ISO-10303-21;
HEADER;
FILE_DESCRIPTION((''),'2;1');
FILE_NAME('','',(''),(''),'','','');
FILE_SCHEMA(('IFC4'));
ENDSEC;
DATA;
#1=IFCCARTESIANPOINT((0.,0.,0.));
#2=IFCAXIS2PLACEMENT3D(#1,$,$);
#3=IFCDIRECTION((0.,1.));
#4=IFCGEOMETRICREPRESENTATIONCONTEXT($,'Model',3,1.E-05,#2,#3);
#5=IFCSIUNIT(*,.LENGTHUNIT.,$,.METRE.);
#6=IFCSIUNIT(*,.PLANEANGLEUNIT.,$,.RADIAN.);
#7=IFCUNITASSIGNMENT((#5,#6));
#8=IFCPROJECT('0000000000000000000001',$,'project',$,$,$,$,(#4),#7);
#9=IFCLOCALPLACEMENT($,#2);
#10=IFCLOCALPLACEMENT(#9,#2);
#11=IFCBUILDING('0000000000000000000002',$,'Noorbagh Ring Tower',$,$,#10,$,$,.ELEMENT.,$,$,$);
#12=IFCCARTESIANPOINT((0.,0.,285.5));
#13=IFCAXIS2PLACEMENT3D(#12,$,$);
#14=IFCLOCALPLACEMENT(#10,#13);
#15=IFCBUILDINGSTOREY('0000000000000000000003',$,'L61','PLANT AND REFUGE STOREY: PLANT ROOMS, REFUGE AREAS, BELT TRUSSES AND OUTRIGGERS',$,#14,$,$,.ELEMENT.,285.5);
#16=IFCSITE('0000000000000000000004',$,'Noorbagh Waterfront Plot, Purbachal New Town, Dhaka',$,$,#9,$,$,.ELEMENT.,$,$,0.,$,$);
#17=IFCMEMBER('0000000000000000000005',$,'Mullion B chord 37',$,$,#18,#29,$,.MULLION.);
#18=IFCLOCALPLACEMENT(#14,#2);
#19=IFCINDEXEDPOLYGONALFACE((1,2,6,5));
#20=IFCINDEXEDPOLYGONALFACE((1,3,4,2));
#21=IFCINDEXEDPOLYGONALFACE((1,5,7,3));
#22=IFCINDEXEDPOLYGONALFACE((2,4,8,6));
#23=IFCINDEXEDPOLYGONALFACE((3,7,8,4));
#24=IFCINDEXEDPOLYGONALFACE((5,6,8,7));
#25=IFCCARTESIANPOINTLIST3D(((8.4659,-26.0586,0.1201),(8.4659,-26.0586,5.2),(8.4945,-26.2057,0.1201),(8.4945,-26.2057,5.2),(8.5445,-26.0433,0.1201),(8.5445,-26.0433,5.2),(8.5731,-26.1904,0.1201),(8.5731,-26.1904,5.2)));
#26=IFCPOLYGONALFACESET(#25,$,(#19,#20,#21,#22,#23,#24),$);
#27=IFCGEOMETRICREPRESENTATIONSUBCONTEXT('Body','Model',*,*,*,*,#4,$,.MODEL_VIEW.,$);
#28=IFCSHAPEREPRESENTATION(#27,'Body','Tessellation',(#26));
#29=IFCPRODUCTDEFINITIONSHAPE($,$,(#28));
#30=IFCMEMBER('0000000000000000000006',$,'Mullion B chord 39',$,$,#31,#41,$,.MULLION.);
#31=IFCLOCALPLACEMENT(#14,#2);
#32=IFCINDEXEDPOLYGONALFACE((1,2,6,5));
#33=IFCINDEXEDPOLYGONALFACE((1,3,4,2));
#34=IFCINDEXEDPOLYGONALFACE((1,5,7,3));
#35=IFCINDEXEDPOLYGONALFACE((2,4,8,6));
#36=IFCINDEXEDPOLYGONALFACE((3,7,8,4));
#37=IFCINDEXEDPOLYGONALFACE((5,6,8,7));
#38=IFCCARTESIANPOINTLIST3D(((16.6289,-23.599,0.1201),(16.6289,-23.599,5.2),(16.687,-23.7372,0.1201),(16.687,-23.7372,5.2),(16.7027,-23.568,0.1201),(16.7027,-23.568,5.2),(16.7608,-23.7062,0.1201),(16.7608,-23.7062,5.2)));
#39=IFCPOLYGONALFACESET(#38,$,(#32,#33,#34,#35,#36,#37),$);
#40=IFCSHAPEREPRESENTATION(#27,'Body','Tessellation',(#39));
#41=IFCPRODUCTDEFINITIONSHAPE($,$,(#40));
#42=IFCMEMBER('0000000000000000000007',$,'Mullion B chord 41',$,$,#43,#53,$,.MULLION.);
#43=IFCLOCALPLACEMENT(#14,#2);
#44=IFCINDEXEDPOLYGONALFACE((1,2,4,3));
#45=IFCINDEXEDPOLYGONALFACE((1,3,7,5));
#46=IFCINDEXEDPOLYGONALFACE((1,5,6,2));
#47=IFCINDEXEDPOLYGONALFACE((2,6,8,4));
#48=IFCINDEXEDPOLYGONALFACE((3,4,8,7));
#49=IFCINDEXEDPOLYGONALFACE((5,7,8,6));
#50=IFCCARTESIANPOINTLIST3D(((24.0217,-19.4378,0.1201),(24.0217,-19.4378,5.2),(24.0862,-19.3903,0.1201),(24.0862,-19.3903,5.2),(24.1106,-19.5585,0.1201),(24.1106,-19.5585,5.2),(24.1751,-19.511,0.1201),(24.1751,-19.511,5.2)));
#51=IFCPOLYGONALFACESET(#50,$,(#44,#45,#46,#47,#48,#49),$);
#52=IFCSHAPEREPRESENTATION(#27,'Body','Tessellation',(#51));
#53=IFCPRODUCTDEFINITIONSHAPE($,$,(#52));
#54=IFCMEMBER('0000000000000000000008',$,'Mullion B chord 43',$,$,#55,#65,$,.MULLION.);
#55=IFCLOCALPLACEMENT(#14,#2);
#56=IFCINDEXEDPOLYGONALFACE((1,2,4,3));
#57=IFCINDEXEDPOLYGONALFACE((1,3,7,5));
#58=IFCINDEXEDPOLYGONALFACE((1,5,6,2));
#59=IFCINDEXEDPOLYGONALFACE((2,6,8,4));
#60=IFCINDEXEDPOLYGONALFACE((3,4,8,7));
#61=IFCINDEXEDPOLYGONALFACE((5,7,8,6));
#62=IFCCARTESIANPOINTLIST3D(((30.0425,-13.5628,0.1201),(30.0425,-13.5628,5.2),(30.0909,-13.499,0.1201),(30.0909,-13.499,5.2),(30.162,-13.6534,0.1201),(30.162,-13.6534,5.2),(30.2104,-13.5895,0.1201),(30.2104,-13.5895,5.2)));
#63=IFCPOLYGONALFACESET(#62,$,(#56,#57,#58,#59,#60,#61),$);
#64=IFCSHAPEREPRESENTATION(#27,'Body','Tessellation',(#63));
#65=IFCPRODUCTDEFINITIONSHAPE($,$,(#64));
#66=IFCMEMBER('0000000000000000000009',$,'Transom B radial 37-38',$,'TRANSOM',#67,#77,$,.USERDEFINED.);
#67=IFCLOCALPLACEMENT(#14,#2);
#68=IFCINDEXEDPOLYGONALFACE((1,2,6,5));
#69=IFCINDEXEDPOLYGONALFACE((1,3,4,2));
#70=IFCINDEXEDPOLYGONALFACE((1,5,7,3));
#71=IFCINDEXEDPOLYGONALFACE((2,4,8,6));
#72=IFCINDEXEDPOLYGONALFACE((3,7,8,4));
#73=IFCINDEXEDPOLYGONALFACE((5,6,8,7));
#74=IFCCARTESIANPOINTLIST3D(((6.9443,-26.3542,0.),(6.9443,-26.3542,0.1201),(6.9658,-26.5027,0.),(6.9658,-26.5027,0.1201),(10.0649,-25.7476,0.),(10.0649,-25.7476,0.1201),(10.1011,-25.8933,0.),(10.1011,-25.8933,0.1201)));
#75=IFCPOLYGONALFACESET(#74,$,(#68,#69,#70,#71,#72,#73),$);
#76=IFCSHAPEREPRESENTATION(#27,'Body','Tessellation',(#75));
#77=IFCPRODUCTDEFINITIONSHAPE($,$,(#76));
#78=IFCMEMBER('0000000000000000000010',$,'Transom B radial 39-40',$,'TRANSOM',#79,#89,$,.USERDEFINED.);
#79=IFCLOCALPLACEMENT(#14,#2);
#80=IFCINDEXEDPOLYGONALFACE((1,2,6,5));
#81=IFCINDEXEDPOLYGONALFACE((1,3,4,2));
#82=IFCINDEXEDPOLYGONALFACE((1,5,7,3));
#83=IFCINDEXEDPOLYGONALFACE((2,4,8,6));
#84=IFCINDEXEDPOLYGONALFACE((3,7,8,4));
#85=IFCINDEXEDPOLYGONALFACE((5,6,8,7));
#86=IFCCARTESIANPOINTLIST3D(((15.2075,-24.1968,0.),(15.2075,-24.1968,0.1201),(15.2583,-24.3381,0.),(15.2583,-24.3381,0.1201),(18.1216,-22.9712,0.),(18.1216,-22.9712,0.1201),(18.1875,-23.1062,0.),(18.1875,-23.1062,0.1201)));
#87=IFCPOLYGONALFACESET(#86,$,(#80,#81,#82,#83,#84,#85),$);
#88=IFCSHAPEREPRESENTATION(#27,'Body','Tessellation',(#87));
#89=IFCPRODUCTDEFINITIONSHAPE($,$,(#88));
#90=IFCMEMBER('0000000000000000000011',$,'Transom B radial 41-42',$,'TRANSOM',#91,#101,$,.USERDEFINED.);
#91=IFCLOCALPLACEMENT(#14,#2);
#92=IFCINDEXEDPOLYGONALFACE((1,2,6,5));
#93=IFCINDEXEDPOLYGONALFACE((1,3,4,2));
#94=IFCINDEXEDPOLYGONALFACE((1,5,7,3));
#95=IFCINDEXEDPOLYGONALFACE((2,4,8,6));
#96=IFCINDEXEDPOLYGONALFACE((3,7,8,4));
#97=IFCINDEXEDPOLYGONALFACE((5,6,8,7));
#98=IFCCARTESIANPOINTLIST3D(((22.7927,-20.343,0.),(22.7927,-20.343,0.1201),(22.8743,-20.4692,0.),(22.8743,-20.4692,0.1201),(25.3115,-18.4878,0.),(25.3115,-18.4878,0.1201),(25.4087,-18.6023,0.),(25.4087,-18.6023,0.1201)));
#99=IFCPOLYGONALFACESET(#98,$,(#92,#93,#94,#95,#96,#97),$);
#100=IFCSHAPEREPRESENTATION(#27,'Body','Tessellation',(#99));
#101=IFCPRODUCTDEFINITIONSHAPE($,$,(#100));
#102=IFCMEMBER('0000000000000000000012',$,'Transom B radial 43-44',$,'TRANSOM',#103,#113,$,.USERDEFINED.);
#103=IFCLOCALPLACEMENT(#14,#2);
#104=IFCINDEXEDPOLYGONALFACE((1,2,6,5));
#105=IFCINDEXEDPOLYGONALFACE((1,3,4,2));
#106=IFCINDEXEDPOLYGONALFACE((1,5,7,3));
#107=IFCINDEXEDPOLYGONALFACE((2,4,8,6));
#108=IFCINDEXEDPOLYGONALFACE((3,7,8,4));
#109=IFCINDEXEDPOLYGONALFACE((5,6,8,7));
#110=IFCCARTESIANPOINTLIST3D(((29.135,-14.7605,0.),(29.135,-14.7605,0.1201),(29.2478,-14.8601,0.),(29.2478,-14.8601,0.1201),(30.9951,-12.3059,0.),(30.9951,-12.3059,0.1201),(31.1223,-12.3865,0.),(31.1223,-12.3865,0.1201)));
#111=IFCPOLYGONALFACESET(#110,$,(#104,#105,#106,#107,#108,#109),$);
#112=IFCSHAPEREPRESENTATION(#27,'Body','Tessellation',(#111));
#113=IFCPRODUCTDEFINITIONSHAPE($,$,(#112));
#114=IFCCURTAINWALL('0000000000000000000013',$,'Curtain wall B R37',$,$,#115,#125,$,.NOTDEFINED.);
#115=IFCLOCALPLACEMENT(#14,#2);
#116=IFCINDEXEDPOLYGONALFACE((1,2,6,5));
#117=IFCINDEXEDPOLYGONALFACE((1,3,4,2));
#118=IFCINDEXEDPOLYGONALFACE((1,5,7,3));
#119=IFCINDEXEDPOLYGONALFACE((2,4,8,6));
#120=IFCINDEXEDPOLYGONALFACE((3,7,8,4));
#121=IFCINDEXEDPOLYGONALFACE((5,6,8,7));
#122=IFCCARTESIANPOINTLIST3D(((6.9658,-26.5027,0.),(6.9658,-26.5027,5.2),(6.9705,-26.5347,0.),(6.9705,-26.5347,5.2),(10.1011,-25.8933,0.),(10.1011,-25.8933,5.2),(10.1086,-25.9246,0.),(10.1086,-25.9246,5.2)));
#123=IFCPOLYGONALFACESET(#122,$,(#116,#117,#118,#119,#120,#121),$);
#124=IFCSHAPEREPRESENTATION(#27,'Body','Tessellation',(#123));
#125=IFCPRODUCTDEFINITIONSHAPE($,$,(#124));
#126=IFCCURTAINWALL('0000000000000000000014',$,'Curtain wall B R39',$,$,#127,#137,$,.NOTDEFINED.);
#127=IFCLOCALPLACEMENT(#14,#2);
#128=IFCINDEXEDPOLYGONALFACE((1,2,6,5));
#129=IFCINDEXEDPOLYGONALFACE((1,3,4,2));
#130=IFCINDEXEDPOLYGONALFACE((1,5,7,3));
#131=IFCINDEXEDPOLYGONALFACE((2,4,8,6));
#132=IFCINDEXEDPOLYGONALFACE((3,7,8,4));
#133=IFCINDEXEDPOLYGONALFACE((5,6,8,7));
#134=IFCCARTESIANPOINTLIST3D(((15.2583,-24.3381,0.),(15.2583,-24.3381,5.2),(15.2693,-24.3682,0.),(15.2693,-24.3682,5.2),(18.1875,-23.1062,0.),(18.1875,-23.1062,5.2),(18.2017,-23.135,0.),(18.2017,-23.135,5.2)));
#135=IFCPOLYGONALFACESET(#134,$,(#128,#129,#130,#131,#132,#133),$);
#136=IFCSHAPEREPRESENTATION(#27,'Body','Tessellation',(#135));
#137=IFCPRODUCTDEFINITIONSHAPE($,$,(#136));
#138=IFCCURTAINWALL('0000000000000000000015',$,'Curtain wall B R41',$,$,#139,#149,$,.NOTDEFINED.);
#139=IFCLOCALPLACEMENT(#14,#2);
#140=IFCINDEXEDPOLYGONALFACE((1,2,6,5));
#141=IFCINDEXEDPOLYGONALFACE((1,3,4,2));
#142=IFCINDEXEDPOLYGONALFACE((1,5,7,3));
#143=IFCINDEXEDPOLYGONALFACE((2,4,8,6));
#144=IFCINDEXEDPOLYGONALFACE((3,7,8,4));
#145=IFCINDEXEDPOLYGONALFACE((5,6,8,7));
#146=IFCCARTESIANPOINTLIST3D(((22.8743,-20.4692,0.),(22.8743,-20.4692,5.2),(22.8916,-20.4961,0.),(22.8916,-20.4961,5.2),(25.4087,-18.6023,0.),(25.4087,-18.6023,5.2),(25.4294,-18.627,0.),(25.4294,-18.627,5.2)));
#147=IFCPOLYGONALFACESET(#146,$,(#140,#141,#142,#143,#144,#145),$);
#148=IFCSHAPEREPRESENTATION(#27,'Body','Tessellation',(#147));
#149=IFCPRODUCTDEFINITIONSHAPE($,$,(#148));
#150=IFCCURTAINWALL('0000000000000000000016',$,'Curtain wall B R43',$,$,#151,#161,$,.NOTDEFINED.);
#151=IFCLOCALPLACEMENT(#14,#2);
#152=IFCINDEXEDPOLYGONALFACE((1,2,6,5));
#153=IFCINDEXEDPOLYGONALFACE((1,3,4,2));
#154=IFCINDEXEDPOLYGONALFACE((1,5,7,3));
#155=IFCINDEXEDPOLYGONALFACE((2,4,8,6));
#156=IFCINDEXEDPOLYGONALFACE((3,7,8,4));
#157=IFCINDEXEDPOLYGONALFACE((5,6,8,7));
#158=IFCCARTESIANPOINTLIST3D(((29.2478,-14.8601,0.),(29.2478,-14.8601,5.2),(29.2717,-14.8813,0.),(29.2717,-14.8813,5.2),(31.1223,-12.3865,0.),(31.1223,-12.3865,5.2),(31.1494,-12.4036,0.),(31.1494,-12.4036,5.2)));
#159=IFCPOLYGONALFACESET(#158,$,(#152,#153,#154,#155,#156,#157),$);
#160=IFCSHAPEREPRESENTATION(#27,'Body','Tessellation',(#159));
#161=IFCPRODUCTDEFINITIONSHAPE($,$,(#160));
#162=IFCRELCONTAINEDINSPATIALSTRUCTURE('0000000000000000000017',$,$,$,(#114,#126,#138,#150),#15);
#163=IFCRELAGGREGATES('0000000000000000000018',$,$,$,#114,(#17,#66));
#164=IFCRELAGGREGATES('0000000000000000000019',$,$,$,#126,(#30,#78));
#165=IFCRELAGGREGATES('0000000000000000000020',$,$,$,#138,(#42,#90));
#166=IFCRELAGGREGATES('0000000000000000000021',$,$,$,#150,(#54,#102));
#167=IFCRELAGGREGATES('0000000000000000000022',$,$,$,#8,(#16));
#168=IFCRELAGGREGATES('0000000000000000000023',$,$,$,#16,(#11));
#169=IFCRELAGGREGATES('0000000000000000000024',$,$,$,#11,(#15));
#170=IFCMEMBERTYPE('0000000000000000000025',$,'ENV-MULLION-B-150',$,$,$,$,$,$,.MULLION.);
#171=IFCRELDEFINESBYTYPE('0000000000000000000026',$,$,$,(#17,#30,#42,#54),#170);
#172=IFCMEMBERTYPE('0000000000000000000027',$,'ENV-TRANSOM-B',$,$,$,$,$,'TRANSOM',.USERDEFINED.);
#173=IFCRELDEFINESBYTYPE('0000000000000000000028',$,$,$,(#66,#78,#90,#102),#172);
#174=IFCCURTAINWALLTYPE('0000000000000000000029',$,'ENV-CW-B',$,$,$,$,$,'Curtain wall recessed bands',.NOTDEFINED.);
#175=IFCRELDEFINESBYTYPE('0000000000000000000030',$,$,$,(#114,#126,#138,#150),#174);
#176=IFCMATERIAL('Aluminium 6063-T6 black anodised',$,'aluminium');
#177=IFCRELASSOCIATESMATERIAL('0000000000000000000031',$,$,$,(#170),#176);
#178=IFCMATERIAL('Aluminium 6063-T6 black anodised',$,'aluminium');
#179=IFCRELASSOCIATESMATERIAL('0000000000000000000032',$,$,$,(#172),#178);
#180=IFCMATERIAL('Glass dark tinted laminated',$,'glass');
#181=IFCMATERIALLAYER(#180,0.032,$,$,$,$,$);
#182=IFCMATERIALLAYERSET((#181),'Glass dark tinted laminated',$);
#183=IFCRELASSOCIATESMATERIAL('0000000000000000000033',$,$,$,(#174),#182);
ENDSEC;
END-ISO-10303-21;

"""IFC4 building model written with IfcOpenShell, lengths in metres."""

from ifc_helpers import new_model, si_unit, direction, frame, origin, origin_2d, place, context, subcontext, project, spatial, polyline, rectangle, outline, extrude, material, layer, layer_set, material_profile, profile_set, type_object, element, aggregate, save


model = new_model("IFC4")

# Units and contexts
model_context = context("Model", 3, precision=1e-05, world=origin(), true_north=direction((0.0, 1.0)))
body_context = subcontext(model_context, "Body", "Model", "MODEL_VIEW")
ifc_project = project(units=[si_unit("LENGTHUNIT", "METRE"), si_unit("PLANEANGLEUNIT", "RADIAN")], contexts=[model_context])

# Members
ifc_material_1 = material(Name="Aluminium 6063-T6 black anodised", Category="aluminium")
ifc_material_profile = material_profile(ifc_material_1, rectangle(XDim=0.1499, YDim=0.0801, at=origin_2d()), Name="150x80")
ifc_profile_set = profile_set([ifc_material_profile], Name="Aluminium 6063-T6 black anodised")
member_type_1 = type_object("IfcMemberType", Name="ENV-MULLION-B-150", PredefinedType="MULLION", material=ifc_profile_set)
site_placement = place(None, origin())
building_placement = place(site_placement, origin())
storey_placement = place(building_placement, frame((0.0, 0.0, 285.5)))
member_1_placement = place(storey_placement, frame((8.5195, -26.1245, 0.1201), z_axis=(0.0, 0.0, 1.0), x_axis=(-0.19082, 0.981625, 0.0)))
member_1 = element("IfcMember", 1, at=member_1_placement, type_object=member_type_1, Name="Mullion B chord 37", PredefinedType="MULLION", context=body_context, shape_type="SweptSolid", body=[
    extrude(rectangle(XDim=0.1499, YDim=0.0801, at=origin_2d()), origin(), (0.0, 0.0, 1.0), 5.0798),
])
member_2_placement = place(storey_placement, frame((16.6948, -23.6526, 0.1201), z_axis=(0.0, 0.0, 1.0), x_axis=(-0.387638, 0.921812, 0.0)))
member_2 = element("IfcMember", 2, at=member_2_placement, type_object=member_type_1, Name="Mullion B chord 39", PredefinedType="MULLION", context=body_context, shape_type="SweptSolid", body=[
    extrude(rectangle(XDim=0.1499, YDim=0.0801, at=origin_2d()), origin(), (0.0, 0.0, 1.0), 5.0798),
])
member_3_placement = place(storey_placement, frame((24.0984, -19.4744, 0.1201), z_axis=(0.0, 0.0, 1.0), x_axis=(-0.593067, 0.805153, 0.0)))
member_3 = element("IfcMember", 3, at=member_3_placement, type_object=member_type_1, Name="Mullion B chord 41", PredefinedType="MULLION", context=body_context, shape_type="SweptSolid", body=[
    extrude(rectangle(XDim=0.1499, YDim=0.0801, at=origin_2d()), origin(), (0.0, 0.0, 1.0), 5.0798),
])
member_4_placement = place(storey_placement, frame((30.1265, -13.5762, 0.1201), z_axis=(0.0, 0.0, 1.0), x_axis=(-0.796969, 0.60402, 0.0)))
member_4 = element("IfcMember", 4, at=member_4_placement, type_object=member_type_1, Name="Mullion B chord 43", PredefinedType="MULLION", context=body_context, shape_type="SweptSolid", body=[
    extrude(rectangle(XDim=0.1499, YDim=0.0801, at=origin_2d()), origin(), (0.0, 0.0, 1.0), 5.0798),
])
ifc_material_2 = material(Name="Aluminium 6063-T6 black anodised", Category="aluminium")
member_type_2 = type_object("IfcMemberType", Name="ENV-TRANSOM-B", ElementType="TRANSOM", PredefinedType="USERDEFINED", material=ifc_material_2)
member_5_placement = place(storey_placement, origin())
member_5 = element("IfcMember", 5, at=member_5_placement, type_object=member_type_2, Name="Transom B radial 37-38", ObjectType="TRANSOM", PredefinedType="USERDEFINED", context=body_context, shape_type="SweptSolid", body=[
    extrude(outline(polyline([(6.9658, -26.5027), (10.1011, -25.8933), (10.0649, -25.7476), (6.9443, -26.3542), (6.9658, -26.5027)])), origin(), (0.0, 0.0, 1.0), 0.1201),
])
member_6_placement = place(storey_placement, origin())
member_6 = element("IfcMember", 6, at=member_6_placement, type_object=member_type_2, Name="Transom B radial 39-40", ObjectType="TRANSOM", PredefinedType="USERDEFINED", context=body_context, shape_type="SweptSolid", body=[
    extrude(outline(polyline([(15.2583, -24.3381), (18.1875, -23.1062), (18.1216, -22.9712), (15.2075, -24.1968), (15.2583, -24.3381)])), origin(), (0.0, 0.0, 1.0), 0.1201),
])
member_7_placement = place(storey_placement, origin())
member_7 = element("IfcMember", 7, at=member_7_placement, type_object=member_type_2, Name="Transom B radial 41-42", ObjectType="TRANSOM", PredefinedType="USERDEFINED", context=body_context, shape_type="SweptSolid", body=[
    extrude(outline(polyline([(22.8743, -20.4692), (25.4087, -18.6023), (25.3115, -18.4878), (22.7927, -20.343), (22.8743, -20.4692)])), origin(), (0.0, 0.0, 1.0), 0.1201),
])
member_8_placement = place(storey_placement, origin())
member_8 = element("IfcMember", 8, at=member_8_placement, type_object=member_type_2, Name="Transom B radial 43-44", ObjectType="TRANSOM", PredefinedType="USERDEFINED", context=body_context, shape_type="SweptSolid", body=[
    extrude(outline(polyline([(29.2478, -14.8601), (31.1223, -12.3865), (30.9951, -12.3059), (29.135, -14.7605), (29.2478, -14.8601)])), origin(), (0.0, 0.0, 1.0), 0.1201),
])

# Site, building, storey
site = spatial("IfcSite", under=ifc_project, at=site_placement, Name="Noorbagh Waterfront Plot, Purbachal New Town, Dhaka", CompositionType="ELEMENT", RefElevation=0.0)
building = spatial("IfcBuilding", under=site, at=building_placement, Name="Noorbagh Ring Tower", CompositionType="ELEMENT")
storey = spatial("IfcBuildingStorey", under=building, at=storey_placement, Name="L61", Description="PLANT AND REFUGE STOREY: PLANT ROOMS, REFUGE AREAS, BELT TRUSSES AND OUTRIGGERS", CompositionType="ELEMENT", Elevation=285.5)

# Curtain walls
ifc_material_3 = material(Name="Glass dark tinted laminated", Category="glass")
ifc_layer = layer(ifc_material_3, 0.032)
ifc_layer_set = layer_set([ifc_layer], Name="Glass dark tinted laminated")
curtain_wall_type = type_object("IfcCurtainWallType", Name="ENV-CW-B", ElementType="Curtain wall recessed bands", PredefinedType="NOTDEFINED", material=ifc_layer_set)
curtain_wall_1_placement = place(storey_placement, origin())
curtain_wall_1 = element("IfcCurtainWall", 9, at=curtain_wall_1_placement, inside=storey, type_object=curtain_wall_type, Name="Curtain wall B R37", PredefinedType="NOTDEFINED", context=body_context, shape_type="SweptSolid", body=[
    extrude(outline(polyline([(6.9705, -26.5347), (10.1086, -25.9246), (10.1011, -25.8933), (6.9658, -26.5027), (6.9705, -26.5347)])), origin(), (0.0, 0.0, 1.0), 5.2),
])
aggregate(curtain_wall_1, [member_1, member_5])
curtain_wall_2_placement = place(storey_placement, origin())
curtain_wall_2 = element("IfcCurtainWall", 10, at=curtain_wall_2_placement, inside=storey, type_object=curtain_wall_type, Name="Curtain wall B R39", PredefinedType="NOTDEFINED", context=body_context, shape_type="SweptSolid", body=[
    extrude(outline(polyline([(15.2693, -24.3682), (18.2017, -23.135), (18.1875, -23.1062), (15.2583, -24.3381), (15.2693, -24.3682)])), origin(), (0.0, 0.0, 1.0), 5.2),
])
aggregate(curtain_wall_2, [member_2, member_6])
curtain_wall_3_placement = place(storey_placement, origin())
curtain_wall_3 = element("IfcCurtainWall", 11, at=curtain_wall_3_placement, inside=storey, type_object=curtain_wall_type, Name="Curtain wall B R41", PredefinedType="NOTDEFINED", context=body_context, shape_type="SweptSolid", body=[
    extrude(outline(polyline([(22.8916, -20.4961), (25.4294, -18.627), (25.4087, -18.6023), (22.8743, -20.4692), (22.8916, -20.4961)])), origin(), (0.0, 0.0, 1.0), 5.2),
])
aggregate(curtain_wall_3, [member_3, member_7])
curtain_wall_4_placement = place(storey_placement, origin())
curtain_wall_4 = element("IfcCurtainWall", 12, at=curtain_wall_4_placement, inside=storey, type_object=curtain_wall_type, Name="Curtain wall B R43", PredefinedType="NOTDEFINED", context=body_context, shape_type="SweptSolid", body=[
    extrude(outline(polyline([(29.2717, -14.8813), (31.1494, -12.4036), (31.1223, -12.3865), (29.2478, -14.8601), (29.2717, -14.8813)])), origin(), (0.0, 0.0, 1.0), 5.2),
])
aggregate(curtain_wall_4, [member_4, member_8])

save(model, "model.ifc")
